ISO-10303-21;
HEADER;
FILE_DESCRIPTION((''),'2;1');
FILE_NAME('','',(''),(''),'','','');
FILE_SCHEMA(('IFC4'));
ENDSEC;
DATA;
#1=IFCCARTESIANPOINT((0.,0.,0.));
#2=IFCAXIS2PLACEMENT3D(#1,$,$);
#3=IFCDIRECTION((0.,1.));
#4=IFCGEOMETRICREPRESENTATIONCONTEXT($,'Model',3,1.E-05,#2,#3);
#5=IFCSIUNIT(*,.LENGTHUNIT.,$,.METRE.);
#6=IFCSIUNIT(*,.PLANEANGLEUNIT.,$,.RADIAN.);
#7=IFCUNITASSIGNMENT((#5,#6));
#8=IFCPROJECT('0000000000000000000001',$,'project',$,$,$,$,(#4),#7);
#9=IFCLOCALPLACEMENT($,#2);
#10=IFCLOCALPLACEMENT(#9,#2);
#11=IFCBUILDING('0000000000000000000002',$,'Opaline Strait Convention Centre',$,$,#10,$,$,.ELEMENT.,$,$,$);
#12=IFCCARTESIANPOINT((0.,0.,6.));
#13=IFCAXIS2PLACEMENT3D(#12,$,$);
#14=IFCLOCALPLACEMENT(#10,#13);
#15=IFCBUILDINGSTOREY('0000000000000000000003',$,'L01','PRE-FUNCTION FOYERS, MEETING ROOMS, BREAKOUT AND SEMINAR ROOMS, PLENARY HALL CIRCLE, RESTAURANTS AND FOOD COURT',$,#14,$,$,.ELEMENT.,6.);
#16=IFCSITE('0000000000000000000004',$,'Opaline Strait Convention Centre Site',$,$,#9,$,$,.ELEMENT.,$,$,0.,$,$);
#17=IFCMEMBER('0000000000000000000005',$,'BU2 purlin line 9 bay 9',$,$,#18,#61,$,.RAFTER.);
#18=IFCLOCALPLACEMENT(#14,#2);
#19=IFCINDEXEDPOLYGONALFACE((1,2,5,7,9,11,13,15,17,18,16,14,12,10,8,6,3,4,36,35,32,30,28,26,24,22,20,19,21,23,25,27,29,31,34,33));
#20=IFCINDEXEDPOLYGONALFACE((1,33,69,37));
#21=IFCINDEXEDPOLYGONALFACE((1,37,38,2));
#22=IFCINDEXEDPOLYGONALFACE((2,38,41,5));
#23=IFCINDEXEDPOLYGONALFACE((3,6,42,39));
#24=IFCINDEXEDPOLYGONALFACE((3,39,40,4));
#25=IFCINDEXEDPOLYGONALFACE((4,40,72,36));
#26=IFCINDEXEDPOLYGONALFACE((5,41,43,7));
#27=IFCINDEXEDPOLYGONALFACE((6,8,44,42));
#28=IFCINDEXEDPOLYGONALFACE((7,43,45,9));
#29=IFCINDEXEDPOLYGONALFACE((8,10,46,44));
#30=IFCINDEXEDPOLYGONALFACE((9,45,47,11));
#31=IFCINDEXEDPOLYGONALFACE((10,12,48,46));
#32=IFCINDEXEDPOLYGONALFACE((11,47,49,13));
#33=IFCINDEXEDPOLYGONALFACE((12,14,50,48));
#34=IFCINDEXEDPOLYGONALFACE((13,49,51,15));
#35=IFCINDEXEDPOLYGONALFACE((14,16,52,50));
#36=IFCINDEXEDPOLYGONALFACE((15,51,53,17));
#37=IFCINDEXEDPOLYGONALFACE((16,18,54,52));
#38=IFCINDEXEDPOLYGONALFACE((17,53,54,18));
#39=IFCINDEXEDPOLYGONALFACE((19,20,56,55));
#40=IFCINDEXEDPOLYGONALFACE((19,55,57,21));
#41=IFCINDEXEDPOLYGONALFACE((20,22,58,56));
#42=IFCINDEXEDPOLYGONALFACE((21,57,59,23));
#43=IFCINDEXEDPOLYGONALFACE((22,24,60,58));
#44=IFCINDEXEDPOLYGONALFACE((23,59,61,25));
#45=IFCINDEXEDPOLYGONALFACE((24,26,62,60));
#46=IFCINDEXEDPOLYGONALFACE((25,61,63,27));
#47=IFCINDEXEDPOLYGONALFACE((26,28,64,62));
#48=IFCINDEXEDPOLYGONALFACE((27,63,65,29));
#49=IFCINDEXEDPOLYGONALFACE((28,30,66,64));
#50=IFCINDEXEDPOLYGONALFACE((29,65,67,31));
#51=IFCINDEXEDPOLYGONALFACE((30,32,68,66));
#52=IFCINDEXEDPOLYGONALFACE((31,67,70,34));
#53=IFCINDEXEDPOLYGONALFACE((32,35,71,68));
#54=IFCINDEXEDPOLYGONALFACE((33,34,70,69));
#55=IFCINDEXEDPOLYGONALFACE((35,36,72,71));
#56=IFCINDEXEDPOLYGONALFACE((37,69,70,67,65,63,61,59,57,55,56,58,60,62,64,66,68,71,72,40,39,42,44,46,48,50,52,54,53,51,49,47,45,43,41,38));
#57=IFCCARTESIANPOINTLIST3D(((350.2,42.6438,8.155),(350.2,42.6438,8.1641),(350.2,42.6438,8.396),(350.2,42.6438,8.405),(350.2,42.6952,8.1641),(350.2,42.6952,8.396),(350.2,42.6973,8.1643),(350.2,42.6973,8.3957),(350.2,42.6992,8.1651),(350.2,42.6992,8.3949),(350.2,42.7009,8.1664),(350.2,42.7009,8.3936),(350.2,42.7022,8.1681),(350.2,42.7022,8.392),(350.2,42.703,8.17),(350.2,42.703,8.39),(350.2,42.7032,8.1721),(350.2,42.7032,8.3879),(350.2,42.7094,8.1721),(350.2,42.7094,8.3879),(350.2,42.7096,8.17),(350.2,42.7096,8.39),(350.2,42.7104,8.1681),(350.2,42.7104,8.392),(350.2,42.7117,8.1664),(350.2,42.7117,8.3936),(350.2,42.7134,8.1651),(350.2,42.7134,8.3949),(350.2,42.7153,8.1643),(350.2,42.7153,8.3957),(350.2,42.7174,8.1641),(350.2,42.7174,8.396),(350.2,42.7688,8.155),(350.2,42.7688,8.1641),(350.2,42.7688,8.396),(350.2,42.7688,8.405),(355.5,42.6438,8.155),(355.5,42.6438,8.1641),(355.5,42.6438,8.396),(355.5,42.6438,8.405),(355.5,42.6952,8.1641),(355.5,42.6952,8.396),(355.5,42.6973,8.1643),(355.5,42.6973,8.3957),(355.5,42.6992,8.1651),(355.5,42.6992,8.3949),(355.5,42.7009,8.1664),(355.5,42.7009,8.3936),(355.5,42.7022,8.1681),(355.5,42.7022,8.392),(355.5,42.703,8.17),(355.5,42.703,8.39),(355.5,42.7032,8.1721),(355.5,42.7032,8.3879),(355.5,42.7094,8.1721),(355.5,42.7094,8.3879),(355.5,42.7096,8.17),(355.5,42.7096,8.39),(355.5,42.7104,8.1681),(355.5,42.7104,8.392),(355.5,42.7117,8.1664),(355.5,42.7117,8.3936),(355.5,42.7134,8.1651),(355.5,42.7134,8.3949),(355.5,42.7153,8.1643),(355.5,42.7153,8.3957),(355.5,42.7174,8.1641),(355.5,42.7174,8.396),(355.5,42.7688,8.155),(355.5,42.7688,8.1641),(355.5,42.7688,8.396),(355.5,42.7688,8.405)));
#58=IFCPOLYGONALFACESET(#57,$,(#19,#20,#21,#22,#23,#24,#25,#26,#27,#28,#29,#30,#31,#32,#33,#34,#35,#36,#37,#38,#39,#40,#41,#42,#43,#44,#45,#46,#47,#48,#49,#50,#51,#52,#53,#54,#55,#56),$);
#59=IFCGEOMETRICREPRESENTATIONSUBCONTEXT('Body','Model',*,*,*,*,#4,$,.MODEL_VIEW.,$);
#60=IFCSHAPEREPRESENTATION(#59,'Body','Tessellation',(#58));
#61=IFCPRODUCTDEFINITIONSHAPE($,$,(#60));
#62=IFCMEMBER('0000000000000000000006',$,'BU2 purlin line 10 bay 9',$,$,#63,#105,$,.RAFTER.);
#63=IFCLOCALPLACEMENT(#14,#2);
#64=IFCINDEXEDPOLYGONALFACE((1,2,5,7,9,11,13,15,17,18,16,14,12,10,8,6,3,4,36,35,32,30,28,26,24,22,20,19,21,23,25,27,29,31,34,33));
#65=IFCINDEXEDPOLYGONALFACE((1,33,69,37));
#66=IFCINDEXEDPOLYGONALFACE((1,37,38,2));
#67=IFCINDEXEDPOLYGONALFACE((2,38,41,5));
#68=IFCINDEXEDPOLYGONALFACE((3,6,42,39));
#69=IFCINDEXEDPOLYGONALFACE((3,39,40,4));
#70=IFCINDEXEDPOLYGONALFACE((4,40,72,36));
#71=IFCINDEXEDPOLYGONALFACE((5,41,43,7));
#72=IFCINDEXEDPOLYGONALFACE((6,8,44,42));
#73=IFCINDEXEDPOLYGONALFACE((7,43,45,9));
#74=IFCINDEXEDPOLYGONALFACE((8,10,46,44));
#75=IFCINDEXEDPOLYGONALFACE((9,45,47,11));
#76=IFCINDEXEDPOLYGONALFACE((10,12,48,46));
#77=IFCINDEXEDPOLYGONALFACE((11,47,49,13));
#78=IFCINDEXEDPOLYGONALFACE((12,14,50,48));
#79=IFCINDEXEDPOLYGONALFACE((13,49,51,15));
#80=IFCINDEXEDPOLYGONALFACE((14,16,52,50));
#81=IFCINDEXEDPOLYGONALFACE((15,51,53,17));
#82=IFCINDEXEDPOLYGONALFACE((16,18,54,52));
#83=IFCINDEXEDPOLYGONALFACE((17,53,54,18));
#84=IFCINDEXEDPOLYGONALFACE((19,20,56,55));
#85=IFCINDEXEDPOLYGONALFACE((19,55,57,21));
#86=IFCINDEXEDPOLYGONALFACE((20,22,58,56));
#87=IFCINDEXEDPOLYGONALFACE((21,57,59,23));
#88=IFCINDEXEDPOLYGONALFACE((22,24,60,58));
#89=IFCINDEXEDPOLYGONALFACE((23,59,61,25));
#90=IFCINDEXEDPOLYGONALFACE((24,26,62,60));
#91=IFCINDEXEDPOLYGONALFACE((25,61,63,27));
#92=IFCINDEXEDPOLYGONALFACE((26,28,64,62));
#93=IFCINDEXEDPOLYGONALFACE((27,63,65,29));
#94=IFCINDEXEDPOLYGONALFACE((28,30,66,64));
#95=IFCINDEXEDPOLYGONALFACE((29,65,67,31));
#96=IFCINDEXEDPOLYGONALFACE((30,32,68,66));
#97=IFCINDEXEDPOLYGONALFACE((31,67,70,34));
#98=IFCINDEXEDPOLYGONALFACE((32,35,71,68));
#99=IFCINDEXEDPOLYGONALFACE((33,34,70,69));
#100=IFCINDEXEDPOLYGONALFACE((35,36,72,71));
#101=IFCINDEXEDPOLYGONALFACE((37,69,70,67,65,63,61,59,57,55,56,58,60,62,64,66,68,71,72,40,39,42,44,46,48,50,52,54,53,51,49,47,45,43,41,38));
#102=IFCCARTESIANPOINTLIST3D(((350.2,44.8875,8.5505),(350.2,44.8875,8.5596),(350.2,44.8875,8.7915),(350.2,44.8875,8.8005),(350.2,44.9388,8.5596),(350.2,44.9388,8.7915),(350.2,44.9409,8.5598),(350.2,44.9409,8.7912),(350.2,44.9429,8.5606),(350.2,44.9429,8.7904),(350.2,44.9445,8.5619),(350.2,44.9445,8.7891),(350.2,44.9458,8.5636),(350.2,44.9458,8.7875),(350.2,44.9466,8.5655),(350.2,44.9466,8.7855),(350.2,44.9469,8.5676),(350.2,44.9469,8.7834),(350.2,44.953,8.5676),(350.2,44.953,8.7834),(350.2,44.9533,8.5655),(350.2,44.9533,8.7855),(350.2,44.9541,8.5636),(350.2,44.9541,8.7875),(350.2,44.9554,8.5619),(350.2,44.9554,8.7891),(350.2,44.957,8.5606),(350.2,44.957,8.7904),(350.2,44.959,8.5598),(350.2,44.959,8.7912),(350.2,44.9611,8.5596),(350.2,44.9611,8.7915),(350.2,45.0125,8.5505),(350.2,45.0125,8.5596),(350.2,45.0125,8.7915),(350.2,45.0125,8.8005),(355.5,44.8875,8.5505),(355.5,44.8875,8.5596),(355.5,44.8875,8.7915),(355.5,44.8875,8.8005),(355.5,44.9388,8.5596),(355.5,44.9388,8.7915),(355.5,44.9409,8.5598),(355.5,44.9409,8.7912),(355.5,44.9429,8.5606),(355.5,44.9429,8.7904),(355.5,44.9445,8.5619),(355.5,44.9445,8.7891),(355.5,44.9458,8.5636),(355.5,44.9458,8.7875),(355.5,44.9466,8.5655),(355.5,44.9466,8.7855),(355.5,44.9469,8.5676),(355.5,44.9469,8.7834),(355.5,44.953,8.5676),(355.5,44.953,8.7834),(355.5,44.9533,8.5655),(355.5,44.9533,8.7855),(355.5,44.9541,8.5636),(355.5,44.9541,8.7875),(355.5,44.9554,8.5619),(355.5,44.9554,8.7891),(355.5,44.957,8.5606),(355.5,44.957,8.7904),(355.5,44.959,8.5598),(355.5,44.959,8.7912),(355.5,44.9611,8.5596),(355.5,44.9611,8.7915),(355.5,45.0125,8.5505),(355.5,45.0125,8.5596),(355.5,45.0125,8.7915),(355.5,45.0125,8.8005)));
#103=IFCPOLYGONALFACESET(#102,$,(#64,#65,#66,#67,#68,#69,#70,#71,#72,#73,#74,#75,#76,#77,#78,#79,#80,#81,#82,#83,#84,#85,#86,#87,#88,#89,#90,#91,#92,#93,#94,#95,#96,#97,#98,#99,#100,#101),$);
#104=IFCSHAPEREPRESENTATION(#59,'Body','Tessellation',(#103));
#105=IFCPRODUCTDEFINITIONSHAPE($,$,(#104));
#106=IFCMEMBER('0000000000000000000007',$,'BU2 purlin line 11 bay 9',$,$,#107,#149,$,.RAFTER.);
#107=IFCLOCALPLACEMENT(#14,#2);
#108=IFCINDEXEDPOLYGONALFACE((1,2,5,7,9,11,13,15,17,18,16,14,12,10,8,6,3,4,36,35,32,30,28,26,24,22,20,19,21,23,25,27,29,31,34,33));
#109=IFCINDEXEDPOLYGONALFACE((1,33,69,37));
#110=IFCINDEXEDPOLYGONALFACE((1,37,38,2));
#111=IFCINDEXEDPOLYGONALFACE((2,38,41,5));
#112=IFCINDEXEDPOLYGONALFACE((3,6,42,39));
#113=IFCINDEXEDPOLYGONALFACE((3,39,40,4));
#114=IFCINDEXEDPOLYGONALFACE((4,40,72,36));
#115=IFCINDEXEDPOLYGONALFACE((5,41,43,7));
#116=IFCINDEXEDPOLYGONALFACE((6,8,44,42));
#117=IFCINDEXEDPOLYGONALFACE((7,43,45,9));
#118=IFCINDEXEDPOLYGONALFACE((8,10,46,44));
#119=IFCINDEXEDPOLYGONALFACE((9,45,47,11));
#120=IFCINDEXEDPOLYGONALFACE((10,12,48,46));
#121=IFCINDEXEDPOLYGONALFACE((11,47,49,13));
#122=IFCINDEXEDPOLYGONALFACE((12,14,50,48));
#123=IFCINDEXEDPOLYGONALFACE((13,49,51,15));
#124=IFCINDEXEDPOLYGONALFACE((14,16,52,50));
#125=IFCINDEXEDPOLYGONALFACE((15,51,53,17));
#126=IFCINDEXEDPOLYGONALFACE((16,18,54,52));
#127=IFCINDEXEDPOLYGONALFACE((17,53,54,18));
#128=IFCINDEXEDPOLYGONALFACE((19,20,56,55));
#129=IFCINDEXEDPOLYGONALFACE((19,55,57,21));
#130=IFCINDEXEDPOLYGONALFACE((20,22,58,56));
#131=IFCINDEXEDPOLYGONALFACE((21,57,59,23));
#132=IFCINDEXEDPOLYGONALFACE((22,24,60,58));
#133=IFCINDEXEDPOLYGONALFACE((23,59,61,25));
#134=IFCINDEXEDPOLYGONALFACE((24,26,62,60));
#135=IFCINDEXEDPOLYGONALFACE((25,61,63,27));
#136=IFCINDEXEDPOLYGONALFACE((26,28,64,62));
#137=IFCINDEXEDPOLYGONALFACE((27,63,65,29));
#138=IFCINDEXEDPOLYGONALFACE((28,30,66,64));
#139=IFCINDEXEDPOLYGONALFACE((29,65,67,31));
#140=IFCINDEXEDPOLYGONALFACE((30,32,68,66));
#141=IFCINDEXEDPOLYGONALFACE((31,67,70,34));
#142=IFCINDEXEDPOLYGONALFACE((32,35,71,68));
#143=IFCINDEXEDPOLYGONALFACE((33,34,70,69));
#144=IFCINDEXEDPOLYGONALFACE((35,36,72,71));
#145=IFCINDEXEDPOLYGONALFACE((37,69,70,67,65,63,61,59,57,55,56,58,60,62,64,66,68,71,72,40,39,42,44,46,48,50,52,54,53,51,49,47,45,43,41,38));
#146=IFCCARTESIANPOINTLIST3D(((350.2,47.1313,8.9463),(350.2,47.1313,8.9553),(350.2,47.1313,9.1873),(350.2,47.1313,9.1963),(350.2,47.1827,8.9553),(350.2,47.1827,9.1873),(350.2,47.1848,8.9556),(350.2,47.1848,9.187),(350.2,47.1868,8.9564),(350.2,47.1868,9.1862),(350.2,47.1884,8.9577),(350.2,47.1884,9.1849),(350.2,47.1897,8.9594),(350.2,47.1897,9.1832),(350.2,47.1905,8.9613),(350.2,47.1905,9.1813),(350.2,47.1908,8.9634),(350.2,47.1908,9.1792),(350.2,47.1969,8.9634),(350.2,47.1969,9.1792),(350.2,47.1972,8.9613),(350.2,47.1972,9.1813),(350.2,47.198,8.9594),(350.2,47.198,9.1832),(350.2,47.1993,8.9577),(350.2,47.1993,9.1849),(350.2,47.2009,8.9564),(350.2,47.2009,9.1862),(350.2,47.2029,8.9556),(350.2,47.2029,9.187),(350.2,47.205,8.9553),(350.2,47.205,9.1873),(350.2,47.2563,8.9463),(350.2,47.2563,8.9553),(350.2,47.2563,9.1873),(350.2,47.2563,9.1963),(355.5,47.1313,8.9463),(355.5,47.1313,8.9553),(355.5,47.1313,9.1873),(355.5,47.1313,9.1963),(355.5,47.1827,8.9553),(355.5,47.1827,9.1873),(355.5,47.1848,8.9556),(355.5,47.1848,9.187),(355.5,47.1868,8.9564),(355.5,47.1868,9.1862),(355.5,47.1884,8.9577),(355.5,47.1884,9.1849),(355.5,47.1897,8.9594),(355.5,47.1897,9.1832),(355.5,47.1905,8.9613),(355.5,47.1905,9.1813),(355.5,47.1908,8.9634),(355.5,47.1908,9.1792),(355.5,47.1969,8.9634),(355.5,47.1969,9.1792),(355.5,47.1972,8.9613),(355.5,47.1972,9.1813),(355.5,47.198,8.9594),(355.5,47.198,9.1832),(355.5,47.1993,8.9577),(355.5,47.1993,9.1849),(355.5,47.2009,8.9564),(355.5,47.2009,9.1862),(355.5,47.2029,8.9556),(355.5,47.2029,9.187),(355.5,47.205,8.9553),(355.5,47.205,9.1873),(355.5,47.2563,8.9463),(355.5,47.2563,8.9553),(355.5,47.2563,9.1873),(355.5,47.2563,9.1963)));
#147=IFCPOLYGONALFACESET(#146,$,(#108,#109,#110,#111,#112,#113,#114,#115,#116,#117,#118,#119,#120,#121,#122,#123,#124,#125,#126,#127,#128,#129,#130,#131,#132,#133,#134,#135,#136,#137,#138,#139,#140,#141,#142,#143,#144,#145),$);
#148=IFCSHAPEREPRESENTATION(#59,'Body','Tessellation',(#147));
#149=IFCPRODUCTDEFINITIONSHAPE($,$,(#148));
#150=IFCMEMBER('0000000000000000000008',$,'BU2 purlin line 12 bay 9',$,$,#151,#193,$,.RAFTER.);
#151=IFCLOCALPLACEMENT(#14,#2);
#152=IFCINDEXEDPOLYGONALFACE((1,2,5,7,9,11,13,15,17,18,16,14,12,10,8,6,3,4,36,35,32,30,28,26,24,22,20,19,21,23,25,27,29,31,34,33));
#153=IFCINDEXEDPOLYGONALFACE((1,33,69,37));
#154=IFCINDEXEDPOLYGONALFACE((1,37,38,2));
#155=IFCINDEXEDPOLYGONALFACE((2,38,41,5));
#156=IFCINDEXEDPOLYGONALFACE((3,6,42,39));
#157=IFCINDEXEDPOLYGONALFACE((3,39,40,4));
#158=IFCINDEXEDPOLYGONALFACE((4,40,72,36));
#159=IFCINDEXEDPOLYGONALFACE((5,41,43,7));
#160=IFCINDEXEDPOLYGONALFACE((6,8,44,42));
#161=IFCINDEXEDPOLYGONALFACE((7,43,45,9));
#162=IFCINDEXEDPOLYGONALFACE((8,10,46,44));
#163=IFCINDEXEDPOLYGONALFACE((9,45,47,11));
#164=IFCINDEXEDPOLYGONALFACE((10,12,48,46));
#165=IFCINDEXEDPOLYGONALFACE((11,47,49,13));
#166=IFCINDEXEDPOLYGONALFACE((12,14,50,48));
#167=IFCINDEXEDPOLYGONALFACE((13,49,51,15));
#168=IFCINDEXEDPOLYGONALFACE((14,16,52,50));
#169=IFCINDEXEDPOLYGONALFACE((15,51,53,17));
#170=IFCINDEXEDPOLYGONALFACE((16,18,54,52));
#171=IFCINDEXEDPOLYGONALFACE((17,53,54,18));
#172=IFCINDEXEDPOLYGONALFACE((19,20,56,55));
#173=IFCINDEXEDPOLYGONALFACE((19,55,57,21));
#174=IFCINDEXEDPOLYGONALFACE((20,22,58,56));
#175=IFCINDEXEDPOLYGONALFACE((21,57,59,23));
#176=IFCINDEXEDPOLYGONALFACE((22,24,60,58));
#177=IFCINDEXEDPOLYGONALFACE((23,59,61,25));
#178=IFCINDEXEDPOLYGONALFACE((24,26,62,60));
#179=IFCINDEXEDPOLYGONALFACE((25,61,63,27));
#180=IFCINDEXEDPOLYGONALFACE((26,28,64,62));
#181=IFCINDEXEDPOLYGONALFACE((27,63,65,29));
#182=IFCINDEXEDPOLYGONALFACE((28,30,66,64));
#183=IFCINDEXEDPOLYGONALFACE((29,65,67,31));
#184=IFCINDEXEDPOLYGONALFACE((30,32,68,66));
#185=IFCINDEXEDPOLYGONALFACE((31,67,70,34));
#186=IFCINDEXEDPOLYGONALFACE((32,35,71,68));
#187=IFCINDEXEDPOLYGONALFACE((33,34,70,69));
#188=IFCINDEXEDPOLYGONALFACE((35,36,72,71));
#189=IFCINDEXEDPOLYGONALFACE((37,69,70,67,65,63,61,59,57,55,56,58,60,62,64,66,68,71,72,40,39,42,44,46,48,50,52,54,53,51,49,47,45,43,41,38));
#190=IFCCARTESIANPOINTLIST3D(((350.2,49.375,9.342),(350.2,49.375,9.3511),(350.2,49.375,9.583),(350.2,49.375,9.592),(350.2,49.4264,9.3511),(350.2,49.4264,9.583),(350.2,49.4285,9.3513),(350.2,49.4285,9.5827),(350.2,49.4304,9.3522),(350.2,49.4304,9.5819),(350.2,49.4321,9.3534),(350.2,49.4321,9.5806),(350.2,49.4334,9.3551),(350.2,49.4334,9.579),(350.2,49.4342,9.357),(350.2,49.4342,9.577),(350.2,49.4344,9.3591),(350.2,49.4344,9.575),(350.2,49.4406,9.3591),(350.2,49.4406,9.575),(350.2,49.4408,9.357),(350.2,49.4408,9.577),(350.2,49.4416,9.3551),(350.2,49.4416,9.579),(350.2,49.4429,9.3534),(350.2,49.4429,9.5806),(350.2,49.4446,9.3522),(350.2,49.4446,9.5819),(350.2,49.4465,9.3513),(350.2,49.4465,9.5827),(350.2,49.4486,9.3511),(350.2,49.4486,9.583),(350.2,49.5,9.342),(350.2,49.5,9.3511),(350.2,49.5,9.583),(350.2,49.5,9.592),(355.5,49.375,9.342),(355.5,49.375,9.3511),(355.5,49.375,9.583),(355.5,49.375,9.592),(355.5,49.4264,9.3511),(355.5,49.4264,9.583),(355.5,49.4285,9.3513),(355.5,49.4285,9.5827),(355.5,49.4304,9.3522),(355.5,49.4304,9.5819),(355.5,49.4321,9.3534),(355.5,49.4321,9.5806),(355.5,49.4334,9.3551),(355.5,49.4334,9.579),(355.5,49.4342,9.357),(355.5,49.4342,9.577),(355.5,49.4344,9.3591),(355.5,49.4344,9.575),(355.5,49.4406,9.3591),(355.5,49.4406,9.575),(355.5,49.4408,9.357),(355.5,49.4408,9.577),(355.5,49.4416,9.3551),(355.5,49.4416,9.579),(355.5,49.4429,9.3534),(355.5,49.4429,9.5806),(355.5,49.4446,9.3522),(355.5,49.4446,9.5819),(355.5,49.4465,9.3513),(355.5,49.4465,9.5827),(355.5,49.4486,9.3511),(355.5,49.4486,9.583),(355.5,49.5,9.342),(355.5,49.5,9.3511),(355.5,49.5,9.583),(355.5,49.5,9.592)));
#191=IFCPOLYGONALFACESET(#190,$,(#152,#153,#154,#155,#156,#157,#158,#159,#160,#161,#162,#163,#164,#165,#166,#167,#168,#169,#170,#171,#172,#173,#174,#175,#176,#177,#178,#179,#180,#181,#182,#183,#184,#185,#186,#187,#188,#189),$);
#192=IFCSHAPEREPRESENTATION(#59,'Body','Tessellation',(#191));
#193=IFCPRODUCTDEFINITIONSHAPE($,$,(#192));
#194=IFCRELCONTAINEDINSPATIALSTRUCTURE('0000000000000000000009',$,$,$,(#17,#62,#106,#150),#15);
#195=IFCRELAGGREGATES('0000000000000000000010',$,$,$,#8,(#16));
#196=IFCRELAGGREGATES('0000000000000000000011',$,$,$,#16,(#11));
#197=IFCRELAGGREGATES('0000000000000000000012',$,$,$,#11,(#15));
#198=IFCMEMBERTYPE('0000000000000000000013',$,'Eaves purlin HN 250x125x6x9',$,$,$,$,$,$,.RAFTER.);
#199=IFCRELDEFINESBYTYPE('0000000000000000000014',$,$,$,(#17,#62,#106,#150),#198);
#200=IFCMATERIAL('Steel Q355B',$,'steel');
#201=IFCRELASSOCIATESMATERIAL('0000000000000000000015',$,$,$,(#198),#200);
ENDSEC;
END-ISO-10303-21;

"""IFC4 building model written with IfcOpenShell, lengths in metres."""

from ifc_helpers import new_model, si_unit, direction, frame, origin, origin_2d, place, context, subcontext, project, spatial, i_section, extrude, material, material_profile, profile_set, type_object, element, save


model = new_model("IFC4")

# Units and contexts
model_context = context("Model", 3, precision=1e-05, world=origin(), true_north=direction((0.0, 1.0)))
body_context = subcontext(model_context, "Body", "Model", "MODEL_VIEW")
ifc_project = project(units=[si_unit("LENGTHUNIT", "METRE"), si_unit("PLANEANGLEUNIT", "RADIAN")], contexts=[model_context])

# Site, building, storey
site_placement = place(None, origin())
site = spatial("IfcSite", under=ifc_project, at=site_placement, Name="Opaline Strait Convention Centre Site", CompositionType="ELEMENT", RefElevation=0.0)
building_placement = place(site_placement, origin())
building = spatial("IfcBuilding", under=site, at=building_placement, Name="Opaline Strait Convention Centre", CompositionType="ELEMENT")
storey_placement = place(building_placement, frame((0.0, 0.0, 6.0)))
storey = spatial("IfcBuildingStorey", under=building, at=storey_placement, Name="L01", Description="PRE-FUNCTION FOYERS, MEETING ROOMS, BREAKOUT AND SEMINAR ROOMS, PLENARY HALL CIRCLE, RESTAURANTS AND FOOD COURT", CompositionType="ELEMENT", Elevation=6.0)

# Members
ifc_material_1 = material(Name="Steel Q355B", Category="steel")
ifc_material_profile_1 = material_profile(ifc_material_1, i_section(OverallWidth=0.125, OverallDepth=0.25, WebThickness=0.0061, FlangeThickness=0.009, FilletRadius=0.0081, at=origin_2d()), Name="HN 250x125x6x9")
ifc_profile_set_1 = profile_set([ifc_material_profile_1], Name="Steel Q355B")
member_type_1 = type_object("IfcMemberType", Name="Eaves purlin HN 250x125x6x9", PredefinedType="RAFTER", material=ifc_profile_set_1)
for number, where, z_axis, x_axis, name in (
    (1, (350.2, 42.7063, 8.28), (1.0, 0.0, 0.0), (0.0, 1.0, 0.0), "BU2 purlin line 9 bay 9"),
    (2, (350.2, 44.95, 8.6755), (1.0, 0.0, 0.0), (0.0, 1.0, 0.0), "BU2 purlin line 10 bay 9"),
    (3, (350.2, 47.1938, 9.0713), (1.0, 0.0, 0.0), (0.0, 1.0, 0.0), "BU2 purlin line 11 bay 9"),
    (4, (350.2, 49.4375, 9.467), (1.0, 0.0, 0.0), (0.0, 1.0, 0.0), "BU2 purlin line 12 bay 9"),
):
    element("IfcMember", number, at=place(storey_placement, frame(where, z_axis=z_axis, x_axis=x_axis)), inside=storey, type_object=member_type_1, Name=name, PredefinedType="RAFTER", context=body_context, shape_type="SweptSolid", body=[
        extrude(i_section(OverallWidth=0.125, OverallDepth=0.25, WebThickness=0.0061, FlangeThickness=0.009, FilletRadius=0.0081, at=origin_2d()), origin(), (0.0, 0.0, 1.0), 5.3),
    ])

save(model, "model.ifc")
